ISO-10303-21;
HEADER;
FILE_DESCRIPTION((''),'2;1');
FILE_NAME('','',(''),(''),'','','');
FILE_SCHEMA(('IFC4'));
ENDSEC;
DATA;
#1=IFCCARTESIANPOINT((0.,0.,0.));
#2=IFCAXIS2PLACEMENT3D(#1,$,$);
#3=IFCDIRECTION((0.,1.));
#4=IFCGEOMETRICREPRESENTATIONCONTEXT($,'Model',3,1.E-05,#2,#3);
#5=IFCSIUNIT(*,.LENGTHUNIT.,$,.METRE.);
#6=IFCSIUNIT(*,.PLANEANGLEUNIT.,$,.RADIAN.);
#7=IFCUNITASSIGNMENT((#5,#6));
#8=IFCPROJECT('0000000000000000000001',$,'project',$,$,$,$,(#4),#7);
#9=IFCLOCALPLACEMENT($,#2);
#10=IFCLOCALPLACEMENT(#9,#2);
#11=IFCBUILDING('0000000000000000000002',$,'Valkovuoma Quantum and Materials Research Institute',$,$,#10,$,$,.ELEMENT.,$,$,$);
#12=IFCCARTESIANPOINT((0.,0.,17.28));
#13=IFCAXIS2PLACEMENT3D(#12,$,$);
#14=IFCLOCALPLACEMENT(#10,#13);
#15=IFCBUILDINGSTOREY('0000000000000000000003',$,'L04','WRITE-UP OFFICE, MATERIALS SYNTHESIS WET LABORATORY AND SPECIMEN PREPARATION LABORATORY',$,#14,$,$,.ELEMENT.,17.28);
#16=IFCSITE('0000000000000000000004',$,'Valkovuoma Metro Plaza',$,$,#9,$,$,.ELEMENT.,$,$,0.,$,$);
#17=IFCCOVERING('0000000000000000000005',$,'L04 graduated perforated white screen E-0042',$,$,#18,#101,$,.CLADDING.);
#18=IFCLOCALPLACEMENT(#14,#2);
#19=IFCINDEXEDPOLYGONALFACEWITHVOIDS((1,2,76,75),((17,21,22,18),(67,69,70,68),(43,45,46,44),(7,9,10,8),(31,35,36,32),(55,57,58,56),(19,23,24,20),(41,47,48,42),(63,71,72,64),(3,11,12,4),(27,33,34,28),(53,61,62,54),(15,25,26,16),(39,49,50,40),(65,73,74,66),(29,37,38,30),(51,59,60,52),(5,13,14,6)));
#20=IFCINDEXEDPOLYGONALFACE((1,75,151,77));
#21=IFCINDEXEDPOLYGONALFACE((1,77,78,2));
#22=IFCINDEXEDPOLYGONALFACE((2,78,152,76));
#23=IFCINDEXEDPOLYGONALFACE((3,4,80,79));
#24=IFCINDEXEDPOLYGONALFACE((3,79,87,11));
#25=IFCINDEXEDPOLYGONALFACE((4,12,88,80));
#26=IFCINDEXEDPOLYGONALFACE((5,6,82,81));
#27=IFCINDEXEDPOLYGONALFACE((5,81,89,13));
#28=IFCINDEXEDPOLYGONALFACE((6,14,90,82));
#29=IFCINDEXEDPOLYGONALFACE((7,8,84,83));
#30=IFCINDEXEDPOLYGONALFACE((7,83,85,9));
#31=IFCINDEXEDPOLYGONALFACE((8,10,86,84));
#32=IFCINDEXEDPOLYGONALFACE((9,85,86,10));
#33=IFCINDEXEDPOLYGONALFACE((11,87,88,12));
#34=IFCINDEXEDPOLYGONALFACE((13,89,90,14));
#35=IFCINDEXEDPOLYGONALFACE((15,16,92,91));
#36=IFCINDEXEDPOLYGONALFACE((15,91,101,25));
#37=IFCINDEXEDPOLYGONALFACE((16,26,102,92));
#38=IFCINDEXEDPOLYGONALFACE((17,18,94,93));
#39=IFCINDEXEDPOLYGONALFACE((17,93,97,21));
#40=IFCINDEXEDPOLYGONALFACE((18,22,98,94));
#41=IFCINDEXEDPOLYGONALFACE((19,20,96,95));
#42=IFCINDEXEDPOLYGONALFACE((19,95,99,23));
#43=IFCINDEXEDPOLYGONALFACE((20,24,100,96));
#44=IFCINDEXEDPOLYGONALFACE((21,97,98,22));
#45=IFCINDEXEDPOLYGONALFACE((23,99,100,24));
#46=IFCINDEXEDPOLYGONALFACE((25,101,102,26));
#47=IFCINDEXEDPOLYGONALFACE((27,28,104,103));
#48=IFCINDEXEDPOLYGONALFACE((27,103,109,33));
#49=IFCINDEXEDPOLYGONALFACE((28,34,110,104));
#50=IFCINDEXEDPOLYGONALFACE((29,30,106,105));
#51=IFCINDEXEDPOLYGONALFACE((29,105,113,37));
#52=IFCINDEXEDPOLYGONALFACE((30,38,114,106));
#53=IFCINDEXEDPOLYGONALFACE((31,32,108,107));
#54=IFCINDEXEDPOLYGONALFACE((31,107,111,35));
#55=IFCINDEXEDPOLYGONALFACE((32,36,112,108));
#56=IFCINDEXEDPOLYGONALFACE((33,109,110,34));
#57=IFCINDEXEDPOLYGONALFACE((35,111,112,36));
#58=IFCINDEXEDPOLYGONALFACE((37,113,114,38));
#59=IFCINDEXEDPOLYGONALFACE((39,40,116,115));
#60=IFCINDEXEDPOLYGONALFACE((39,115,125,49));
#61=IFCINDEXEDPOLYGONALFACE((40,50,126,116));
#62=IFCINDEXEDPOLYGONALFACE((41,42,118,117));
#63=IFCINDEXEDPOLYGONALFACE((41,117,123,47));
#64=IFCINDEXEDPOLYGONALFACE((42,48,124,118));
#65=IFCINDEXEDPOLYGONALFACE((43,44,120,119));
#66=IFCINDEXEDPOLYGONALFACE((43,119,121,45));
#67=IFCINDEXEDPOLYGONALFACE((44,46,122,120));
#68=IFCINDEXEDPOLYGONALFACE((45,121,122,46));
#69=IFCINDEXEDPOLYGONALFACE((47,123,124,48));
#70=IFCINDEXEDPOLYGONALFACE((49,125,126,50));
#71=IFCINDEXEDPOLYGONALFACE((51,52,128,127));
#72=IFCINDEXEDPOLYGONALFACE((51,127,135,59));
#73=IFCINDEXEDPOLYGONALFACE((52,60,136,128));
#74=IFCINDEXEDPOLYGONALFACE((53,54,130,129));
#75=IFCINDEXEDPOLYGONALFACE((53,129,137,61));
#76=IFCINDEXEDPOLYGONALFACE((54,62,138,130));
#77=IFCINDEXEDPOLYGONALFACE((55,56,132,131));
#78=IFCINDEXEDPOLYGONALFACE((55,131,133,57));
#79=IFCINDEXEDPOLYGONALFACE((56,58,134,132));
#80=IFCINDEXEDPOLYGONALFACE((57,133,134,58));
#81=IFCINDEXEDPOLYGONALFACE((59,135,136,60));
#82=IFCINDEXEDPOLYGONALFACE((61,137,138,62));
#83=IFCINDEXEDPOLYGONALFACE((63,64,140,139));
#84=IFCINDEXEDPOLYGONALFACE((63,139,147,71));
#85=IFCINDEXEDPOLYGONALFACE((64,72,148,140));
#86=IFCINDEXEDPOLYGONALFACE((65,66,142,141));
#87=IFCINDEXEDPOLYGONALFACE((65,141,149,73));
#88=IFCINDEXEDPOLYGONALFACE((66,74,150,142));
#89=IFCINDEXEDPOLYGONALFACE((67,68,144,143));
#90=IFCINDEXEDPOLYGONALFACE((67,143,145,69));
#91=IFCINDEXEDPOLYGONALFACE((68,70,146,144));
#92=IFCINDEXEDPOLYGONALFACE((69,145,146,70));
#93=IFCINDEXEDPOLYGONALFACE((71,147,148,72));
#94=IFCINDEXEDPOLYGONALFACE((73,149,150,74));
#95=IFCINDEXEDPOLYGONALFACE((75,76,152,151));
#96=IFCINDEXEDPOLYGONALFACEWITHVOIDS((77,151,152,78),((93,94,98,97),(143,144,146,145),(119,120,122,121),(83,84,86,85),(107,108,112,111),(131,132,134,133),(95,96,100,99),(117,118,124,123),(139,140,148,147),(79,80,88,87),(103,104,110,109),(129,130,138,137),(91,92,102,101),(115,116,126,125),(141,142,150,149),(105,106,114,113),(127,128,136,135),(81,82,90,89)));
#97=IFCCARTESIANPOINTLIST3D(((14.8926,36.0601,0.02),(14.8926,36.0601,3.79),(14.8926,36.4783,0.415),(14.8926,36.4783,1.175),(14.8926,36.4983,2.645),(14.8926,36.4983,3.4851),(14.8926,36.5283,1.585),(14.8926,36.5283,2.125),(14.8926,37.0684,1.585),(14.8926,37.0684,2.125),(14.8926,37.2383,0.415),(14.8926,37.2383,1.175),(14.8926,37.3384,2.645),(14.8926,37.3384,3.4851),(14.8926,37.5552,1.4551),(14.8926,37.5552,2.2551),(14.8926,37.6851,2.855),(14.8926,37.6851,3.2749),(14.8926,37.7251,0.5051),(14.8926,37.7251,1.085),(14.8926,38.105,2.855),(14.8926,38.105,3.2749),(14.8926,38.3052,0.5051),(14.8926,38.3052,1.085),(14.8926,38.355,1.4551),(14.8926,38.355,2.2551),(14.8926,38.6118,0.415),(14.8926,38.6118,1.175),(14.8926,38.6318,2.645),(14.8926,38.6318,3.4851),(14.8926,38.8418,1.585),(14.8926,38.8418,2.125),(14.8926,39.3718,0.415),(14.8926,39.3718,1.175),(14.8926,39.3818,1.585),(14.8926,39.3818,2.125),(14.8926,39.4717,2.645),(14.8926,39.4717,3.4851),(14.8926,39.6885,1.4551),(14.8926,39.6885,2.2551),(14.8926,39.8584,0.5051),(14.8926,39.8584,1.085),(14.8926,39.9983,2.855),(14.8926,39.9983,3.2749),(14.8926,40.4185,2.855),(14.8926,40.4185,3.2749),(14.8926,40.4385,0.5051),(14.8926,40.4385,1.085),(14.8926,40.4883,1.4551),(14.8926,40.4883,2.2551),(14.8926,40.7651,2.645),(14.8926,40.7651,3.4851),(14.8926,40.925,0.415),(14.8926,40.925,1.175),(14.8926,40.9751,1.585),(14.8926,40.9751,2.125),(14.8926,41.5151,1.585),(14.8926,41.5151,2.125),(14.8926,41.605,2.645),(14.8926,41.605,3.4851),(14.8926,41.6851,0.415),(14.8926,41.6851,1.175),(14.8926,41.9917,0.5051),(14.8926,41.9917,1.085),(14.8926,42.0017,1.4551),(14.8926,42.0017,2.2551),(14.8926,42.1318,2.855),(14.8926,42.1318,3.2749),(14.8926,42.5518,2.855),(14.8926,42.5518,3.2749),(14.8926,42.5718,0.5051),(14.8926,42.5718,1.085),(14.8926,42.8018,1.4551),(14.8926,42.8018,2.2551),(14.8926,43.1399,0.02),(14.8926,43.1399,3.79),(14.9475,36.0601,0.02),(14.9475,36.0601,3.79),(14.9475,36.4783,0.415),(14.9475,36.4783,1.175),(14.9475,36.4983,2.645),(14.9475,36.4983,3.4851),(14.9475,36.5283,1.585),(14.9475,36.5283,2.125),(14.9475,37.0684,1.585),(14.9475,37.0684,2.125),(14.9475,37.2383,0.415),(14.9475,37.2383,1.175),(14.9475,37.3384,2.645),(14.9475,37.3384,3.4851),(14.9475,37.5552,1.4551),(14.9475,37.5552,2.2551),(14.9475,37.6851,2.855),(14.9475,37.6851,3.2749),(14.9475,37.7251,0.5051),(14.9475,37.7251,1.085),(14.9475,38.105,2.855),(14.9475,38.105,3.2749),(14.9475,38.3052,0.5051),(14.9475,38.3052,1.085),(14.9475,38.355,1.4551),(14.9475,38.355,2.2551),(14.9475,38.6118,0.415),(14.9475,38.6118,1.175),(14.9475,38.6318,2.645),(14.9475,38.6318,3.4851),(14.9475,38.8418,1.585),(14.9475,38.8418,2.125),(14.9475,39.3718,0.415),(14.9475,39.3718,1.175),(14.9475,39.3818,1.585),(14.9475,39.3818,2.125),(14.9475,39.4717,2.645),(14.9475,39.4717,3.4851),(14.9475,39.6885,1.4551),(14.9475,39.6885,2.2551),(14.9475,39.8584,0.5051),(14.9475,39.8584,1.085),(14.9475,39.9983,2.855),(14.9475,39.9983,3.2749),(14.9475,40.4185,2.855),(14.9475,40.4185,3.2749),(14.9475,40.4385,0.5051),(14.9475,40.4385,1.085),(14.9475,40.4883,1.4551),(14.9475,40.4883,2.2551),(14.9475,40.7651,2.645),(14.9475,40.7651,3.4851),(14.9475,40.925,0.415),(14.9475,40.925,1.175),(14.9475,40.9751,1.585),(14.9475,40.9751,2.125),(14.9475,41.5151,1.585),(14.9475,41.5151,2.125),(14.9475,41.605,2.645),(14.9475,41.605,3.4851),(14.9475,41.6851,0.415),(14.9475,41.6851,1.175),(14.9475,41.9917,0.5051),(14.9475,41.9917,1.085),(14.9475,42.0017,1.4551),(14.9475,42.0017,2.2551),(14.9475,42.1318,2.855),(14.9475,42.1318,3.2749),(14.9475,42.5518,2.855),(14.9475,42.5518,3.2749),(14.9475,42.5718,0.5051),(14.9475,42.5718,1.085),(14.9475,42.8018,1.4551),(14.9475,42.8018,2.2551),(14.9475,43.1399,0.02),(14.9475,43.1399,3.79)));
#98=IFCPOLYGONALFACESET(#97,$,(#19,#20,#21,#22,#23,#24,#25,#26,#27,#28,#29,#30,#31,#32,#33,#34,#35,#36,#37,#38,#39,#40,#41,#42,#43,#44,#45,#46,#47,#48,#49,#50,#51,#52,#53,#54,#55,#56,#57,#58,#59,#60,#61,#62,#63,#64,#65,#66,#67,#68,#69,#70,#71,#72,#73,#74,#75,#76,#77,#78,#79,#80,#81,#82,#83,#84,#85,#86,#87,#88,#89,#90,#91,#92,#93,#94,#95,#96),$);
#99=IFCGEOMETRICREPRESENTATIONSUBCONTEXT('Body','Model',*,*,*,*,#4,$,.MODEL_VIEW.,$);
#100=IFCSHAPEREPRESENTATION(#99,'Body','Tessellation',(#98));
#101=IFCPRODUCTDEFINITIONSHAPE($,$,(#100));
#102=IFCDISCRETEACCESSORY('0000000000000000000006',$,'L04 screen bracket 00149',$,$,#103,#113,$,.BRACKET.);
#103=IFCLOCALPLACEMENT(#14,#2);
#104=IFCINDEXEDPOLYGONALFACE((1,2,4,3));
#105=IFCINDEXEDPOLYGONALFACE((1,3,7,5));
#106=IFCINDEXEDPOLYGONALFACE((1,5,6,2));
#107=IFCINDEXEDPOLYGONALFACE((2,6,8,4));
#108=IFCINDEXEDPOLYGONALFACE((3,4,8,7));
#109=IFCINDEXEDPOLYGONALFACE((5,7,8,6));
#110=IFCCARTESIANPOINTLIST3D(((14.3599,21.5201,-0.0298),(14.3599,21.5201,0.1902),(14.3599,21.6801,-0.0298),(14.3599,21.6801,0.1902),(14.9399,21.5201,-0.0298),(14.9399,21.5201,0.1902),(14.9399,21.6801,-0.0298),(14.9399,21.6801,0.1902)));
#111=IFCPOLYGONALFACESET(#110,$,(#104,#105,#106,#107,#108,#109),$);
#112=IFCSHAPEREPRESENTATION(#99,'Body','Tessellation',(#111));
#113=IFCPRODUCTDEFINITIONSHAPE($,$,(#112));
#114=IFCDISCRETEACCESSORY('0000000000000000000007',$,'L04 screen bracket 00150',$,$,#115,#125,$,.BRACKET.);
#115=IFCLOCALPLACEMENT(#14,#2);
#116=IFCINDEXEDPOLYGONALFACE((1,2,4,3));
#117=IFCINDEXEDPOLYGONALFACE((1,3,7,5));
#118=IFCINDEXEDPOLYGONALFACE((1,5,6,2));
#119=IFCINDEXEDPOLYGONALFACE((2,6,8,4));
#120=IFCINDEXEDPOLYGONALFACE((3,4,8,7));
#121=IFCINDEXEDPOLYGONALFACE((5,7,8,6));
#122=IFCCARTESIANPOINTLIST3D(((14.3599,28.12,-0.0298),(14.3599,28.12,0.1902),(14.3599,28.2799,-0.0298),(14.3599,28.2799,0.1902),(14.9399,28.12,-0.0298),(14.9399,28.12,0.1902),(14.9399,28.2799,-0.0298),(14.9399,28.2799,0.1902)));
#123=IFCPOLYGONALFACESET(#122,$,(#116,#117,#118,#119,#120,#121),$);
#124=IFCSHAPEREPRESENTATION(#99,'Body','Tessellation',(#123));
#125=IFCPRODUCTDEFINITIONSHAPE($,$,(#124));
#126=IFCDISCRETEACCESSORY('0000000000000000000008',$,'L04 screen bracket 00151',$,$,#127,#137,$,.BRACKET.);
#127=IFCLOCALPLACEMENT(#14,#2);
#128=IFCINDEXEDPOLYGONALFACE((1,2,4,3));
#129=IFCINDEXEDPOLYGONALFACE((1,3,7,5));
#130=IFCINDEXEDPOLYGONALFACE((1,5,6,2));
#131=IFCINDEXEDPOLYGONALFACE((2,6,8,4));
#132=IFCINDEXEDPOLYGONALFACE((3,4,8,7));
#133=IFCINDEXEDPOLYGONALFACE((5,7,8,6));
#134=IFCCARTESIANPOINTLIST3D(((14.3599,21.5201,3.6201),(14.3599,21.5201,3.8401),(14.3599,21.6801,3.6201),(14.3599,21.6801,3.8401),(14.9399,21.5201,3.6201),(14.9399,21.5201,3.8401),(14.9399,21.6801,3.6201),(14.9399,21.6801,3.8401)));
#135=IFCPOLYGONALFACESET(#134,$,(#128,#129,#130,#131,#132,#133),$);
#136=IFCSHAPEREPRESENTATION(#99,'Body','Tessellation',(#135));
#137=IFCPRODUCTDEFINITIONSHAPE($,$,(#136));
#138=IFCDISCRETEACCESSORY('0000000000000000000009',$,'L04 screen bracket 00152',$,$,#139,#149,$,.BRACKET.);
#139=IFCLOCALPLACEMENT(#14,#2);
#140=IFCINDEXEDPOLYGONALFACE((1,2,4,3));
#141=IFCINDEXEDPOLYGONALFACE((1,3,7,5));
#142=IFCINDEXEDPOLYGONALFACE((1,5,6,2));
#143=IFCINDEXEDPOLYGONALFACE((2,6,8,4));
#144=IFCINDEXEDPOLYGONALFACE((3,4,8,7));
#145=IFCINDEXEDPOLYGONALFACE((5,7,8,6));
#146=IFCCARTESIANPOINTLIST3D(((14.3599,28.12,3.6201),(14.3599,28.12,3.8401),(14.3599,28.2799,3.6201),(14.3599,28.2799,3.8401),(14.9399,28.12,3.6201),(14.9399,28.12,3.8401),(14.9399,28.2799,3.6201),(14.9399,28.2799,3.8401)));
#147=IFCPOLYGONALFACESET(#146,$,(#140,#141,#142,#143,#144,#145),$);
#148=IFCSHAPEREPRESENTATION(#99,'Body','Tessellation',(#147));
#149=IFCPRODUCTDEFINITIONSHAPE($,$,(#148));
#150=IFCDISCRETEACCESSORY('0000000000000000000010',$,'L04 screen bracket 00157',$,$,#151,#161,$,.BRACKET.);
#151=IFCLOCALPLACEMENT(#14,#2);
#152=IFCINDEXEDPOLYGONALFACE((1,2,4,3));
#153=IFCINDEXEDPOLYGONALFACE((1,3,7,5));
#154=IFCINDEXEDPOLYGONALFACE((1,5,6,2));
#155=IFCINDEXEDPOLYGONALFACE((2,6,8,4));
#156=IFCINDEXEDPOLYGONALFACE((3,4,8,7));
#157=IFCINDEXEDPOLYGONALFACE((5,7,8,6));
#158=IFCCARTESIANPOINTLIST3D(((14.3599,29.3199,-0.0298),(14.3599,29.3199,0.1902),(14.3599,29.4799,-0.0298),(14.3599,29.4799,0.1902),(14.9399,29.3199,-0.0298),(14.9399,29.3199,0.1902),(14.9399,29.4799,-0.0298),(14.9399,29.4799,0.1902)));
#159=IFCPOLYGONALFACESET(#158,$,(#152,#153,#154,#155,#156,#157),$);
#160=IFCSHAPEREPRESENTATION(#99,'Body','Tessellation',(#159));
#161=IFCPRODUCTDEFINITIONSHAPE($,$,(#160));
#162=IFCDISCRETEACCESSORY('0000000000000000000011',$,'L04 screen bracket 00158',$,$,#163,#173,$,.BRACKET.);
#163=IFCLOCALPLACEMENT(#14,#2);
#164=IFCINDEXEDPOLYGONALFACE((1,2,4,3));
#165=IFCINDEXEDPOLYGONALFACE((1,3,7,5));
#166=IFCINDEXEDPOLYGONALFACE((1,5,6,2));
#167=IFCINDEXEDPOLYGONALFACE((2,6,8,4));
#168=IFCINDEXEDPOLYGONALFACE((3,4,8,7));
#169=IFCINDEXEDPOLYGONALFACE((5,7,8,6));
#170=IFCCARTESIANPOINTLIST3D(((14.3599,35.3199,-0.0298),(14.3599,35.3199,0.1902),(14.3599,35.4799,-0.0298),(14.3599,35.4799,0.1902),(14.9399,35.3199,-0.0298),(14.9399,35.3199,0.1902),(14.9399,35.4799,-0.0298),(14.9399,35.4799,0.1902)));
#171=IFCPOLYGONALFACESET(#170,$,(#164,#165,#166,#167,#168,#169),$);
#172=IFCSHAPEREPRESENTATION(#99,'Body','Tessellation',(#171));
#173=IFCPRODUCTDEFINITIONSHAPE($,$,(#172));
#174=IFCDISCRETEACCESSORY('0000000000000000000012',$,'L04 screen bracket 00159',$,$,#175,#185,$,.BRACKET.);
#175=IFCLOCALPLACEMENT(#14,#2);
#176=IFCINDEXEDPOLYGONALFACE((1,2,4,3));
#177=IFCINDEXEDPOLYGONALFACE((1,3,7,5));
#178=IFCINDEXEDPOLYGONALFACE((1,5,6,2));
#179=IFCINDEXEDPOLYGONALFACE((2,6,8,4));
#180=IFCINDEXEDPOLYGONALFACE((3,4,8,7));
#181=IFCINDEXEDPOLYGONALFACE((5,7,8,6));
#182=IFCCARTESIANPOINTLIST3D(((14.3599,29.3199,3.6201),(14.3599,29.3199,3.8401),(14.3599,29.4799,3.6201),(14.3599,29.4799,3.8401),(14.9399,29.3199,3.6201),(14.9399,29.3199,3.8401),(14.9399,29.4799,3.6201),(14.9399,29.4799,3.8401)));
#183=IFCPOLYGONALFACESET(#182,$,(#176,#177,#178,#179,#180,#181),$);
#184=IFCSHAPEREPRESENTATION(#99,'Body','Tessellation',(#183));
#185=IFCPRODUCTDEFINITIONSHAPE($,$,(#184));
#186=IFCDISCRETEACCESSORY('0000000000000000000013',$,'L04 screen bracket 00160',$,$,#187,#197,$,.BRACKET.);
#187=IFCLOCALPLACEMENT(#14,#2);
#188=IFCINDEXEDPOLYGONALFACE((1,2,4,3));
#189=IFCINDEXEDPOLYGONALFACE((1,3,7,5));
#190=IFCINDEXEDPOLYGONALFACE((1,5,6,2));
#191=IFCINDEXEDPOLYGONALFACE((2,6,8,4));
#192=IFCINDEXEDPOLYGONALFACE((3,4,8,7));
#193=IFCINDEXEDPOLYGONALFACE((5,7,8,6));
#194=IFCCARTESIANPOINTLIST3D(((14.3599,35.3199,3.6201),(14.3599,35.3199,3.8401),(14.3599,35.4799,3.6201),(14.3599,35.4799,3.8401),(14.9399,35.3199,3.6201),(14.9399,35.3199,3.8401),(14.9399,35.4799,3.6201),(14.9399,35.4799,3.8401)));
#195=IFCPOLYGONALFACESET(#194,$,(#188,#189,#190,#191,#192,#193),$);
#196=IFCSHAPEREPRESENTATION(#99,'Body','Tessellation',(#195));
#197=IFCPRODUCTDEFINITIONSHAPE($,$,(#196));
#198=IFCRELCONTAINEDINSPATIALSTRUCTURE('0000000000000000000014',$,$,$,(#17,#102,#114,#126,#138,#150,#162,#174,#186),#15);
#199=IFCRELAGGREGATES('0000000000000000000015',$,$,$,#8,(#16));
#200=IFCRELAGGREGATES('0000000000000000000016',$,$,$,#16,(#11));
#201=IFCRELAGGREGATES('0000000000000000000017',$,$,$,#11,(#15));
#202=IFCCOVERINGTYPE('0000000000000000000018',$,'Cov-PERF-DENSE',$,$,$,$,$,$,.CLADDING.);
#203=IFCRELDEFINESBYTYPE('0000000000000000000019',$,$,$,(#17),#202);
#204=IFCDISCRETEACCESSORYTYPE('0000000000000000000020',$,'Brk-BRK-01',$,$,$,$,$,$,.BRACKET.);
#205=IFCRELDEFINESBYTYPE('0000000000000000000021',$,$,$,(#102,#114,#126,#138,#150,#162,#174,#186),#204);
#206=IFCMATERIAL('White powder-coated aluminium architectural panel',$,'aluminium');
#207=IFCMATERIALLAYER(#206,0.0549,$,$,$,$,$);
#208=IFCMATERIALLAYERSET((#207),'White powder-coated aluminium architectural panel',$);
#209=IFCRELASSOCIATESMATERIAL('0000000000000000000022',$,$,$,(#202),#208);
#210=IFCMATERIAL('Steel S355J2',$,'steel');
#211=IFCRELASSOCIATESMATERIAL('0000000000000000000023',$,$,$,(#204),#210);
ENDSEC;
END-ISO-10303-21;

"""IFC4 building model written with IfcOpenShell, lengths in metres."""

from ifc_helpers import new_model, si_unit, direction, frame, origin, origin_2d, place, context, subcontext, project, spatial, polyline, rectangle, outline, extrude, material, layer, layer_set, type_object, element, save


model = new_model("IFC4")

# Units and contexts
model_context = context("Model", 3, precision=1e-05, world=origin(), true_north=direction((0.0, 1.0)))
body_context = subcontext(model_context, "Body", "Model", "MODEL_VIEW")
ifc_project = project(units=[si_unit("LENGTHUNIT", "METRE"), si_unit("PLANEANGLEUNIT", "RADIAN")], contexts=[model_context])

# Site, building, storey
site_placement = place(None, origin())
site = spatial("IfcSite", under=ifc_project, at=site_placement, Name="Valkovuoma Metro Plaza", CompositionType="ELEMENT", RefElevation=0.0)
building_placement = place(site_placement, origin())
building = spatial("IfcBuilding", under=site, at=building_placement, Name="Valkovuoma Quantum and Materials Research Institute", CompositionType="ELEMENT")
storey_placement = place(building_placement, frame((0.0, 0.0, 17.28)))
storey = spatial("IfcBuildingStorey", under=building, at=storey_placement, Name="L04", Description="WRITE-UP OFFICE, MATERIALS SYNTHESIS WET LABORATORY AND SPECIMEN PREPARATION LABORATORY", CompositionType="ELEMENT", Elevation=17.28)

# Covering
ifc_material_1 = material(Name="White powder-coated aluminium architectural panel", Category="aluminium")
ifc_layer_1 = layer(ifc_material_1, 0.0549)
ifc_layer_set_1 = layer_set([ifc_layer_1], Name="White powder-coated aluminium architectural panel")
covering_type = type_object("IfcCoveringType", Name="Cov-PERF-DENSE", PredefinedType="CLADDING", material=ifc_layer_set_1)
covering_1_placement = place(storey_placement, frame((14.9199, 36.0601, 0.02), z_axis=(0.0, 0.0, 1.0), x_axis=(0.0, 1.0, 0.0)))
element("IfcCovering", 1, at=covering_1_placement, inside=storey, type_object=covering_type, Name="L04 graduated perforated white screen E-0042", PredefinedType="CLADDING", context=body_context, shape_type="SweptSolid", body=[
    extrude(outline(polyline([(0.0, 0.0), (7.0798, 0.0), (7.0798, 3.77), (0.0, 3.77), (0.0, 0.0)]), holes=[polyline([(0.4182, 0.395), (0.4182, 1.155), (1.1782, 1.155), (1.1782, 0.395), (0.4182, 0.395)]), polyline([(0.4683, 1.5649), (0.4683, 2.105), (1.0083, 2.105), (1.0083, 1.5649), (0.4683, 1.5649)]), polyline([(0.4382, 2.625), (0.4382, 3.4651), (1.2783, 3.4651), (1.2783, 2.625), (0.4382, 2.625)]), polyline([(1.665, 0.4851), (1.665, 1.0649), (2.2451, 1.0649), (2.2451, 0.4851), (1.665, 0.4851)]), polyline([(1.4951, 1.4351), (1.4951, 2.2351), (2.2949, 2.2351), (2.2949, 1.4351), (1.4951, 1.4351)]), polyline([(1.625, 2.835), (1.625, 3.2549), (2.0449, 3.2549), (2.0449, 2.835), (1.625, 2.835)]), polyline([(2.5518, 0.395), (2.5518, 1.155), (3.3118, 1.155), (3.3118, 0.395), (2.5518, 0.395)]), polyline([(2.7817, 1.5649), (2.7817, 2.105), (3.3218, 2.105), (3.3218, 1.5649), (2.7817, 1.5649)]), polyline([(2.5718, 2.625), (2.5718, 3.4651), (3.4116, 3.4651), (3.4116, 2.625), (2.5718, 2.625)]), polyline([(3.7983, 0.4851), (3.7983, 1.0649), (4.3784, 1.0649), (4.3784, 0.4851), (3.7983, 0.4851)]), polyline([(3.6284, 1.4351), (3.6284, 2.2351), (4.4282, 2.2351), (4.4282, 1.4351), (3.6284, 1.4351)]), polyline([(3.9382, 2.835), (3.9382, 3.2549), (4.3584, 3.2549), (4.3584, 2.835), (3.9382, 2.835)]), polyline([(4.865, 0.395), (4.865, 1.155), (5.625, 1.155), (5.625, 0.395), (4.865, 0.395)]), polyline([(4.915, 1.5649), (4.915, 2.105), (5.4551, 2.105), (5.4551, 1.5649), (4.915, 1.5649)]), polyline([(4.7051, 2.625), (4.7051, 3.4651), (5.5449, 3.4651), (5.5449, 2.625), (4.7051, 2.625)]), polyline([(5.9316, 0.4851), (5.9316, 1.0649), (6.5117, 1.0649), (6.5117, 0.4851), (5.9316, 0.4851)]), polyline([(5.9417, 1.4351), (5.9417, 2.2351), (6.7417, 2.2351), (6.7417, 1.4351), (5.9417, 1.4351)]), polyline([(6.0718, 2.835), (6.0718, 3.2549), (6.4917, 3.2549), (6.4917, 2.835), (6.0718, 2.835)])]), frame((0.0, 0.0273, 0.0), z_axis=(0.0, -1.0, 0.0), x_axis=(1.0, 0.0, 0.0)), (0.0, 0.0, 1.0), 0.0549),
])

# Discrete accessories
ifc_material_2 = material(Name="Steel S355J2", Category="steel")
discrete_accessory_type_1 = type_object("IfcDiscreteAccessoryType", Name="Brk-BRK-01", PredefinedType="BRACKET", material=ifc_material_2)
for number, where, z_axis, x_axis, name in (
    (2, (14.6499, 21.6001, -0.0298), (0.0, 0.0, 1.0), (1.0, 0.0, 0.0), "L04 screen bracket 00149"),
    (3, (14.6499, 28.2, -0.0298), (0.0, 0.0, 1.0), (1.0, 0.0, 0.0), "L04 screen bracket 00150"),
    (4, (14.6499, 21.6001, 3.6201), (0.0, 0.0, 1.0), (1.0, 0.0, 0.0), "L04 screen bracket 00151"),
    (5, (14.6499, 28.2, 3.6201), (0.0, 0.0, 1.0), (1.0, 0.0, 0.0), "L04 screen bracket 00152"),
    (6, (14.6499, 29.3999, -0.0298), (0.0, 0.0, 1.0), (1.0, 0.0, 0.0), "L04 screen bracket 00157"),
    (7, (14.6499, 35.3999, -0.0298), (0.0, 0.0, 1.0), (1.0, 0.0, 0.0), "L04 screen bracket 00158"),
    (8, (14.6499, 29.3999, 3.6201), (0.0, 0.0, 1.0), (1.0, 0.0, 0.0), "L04 screen bracket 00159"),
    (9, (14.6499, 35.3999, 3.6201), (0.0, 0.0, 1.0), (1.0, 0.0, 0.0), "L04 screen bracket 00160"),
):
    element("IfcDiscreteAccessory", number, at=place(storey_placement, frame(where, z_axis=z_axis, x_axis=x_axis)), inside=storey, type_object=discrete_accessory_type_1, Name=name, PredefinedType="BRACKET", context=body_context, shape_type="SweptSolid", body=[
        extrude(rectangle(XDim=0.5801, YDim=0.1599, at=origin_2d()), origin(), (0.0, 0.0, 1.0), 0.22),
    ])

save(model, "model.ifc")
